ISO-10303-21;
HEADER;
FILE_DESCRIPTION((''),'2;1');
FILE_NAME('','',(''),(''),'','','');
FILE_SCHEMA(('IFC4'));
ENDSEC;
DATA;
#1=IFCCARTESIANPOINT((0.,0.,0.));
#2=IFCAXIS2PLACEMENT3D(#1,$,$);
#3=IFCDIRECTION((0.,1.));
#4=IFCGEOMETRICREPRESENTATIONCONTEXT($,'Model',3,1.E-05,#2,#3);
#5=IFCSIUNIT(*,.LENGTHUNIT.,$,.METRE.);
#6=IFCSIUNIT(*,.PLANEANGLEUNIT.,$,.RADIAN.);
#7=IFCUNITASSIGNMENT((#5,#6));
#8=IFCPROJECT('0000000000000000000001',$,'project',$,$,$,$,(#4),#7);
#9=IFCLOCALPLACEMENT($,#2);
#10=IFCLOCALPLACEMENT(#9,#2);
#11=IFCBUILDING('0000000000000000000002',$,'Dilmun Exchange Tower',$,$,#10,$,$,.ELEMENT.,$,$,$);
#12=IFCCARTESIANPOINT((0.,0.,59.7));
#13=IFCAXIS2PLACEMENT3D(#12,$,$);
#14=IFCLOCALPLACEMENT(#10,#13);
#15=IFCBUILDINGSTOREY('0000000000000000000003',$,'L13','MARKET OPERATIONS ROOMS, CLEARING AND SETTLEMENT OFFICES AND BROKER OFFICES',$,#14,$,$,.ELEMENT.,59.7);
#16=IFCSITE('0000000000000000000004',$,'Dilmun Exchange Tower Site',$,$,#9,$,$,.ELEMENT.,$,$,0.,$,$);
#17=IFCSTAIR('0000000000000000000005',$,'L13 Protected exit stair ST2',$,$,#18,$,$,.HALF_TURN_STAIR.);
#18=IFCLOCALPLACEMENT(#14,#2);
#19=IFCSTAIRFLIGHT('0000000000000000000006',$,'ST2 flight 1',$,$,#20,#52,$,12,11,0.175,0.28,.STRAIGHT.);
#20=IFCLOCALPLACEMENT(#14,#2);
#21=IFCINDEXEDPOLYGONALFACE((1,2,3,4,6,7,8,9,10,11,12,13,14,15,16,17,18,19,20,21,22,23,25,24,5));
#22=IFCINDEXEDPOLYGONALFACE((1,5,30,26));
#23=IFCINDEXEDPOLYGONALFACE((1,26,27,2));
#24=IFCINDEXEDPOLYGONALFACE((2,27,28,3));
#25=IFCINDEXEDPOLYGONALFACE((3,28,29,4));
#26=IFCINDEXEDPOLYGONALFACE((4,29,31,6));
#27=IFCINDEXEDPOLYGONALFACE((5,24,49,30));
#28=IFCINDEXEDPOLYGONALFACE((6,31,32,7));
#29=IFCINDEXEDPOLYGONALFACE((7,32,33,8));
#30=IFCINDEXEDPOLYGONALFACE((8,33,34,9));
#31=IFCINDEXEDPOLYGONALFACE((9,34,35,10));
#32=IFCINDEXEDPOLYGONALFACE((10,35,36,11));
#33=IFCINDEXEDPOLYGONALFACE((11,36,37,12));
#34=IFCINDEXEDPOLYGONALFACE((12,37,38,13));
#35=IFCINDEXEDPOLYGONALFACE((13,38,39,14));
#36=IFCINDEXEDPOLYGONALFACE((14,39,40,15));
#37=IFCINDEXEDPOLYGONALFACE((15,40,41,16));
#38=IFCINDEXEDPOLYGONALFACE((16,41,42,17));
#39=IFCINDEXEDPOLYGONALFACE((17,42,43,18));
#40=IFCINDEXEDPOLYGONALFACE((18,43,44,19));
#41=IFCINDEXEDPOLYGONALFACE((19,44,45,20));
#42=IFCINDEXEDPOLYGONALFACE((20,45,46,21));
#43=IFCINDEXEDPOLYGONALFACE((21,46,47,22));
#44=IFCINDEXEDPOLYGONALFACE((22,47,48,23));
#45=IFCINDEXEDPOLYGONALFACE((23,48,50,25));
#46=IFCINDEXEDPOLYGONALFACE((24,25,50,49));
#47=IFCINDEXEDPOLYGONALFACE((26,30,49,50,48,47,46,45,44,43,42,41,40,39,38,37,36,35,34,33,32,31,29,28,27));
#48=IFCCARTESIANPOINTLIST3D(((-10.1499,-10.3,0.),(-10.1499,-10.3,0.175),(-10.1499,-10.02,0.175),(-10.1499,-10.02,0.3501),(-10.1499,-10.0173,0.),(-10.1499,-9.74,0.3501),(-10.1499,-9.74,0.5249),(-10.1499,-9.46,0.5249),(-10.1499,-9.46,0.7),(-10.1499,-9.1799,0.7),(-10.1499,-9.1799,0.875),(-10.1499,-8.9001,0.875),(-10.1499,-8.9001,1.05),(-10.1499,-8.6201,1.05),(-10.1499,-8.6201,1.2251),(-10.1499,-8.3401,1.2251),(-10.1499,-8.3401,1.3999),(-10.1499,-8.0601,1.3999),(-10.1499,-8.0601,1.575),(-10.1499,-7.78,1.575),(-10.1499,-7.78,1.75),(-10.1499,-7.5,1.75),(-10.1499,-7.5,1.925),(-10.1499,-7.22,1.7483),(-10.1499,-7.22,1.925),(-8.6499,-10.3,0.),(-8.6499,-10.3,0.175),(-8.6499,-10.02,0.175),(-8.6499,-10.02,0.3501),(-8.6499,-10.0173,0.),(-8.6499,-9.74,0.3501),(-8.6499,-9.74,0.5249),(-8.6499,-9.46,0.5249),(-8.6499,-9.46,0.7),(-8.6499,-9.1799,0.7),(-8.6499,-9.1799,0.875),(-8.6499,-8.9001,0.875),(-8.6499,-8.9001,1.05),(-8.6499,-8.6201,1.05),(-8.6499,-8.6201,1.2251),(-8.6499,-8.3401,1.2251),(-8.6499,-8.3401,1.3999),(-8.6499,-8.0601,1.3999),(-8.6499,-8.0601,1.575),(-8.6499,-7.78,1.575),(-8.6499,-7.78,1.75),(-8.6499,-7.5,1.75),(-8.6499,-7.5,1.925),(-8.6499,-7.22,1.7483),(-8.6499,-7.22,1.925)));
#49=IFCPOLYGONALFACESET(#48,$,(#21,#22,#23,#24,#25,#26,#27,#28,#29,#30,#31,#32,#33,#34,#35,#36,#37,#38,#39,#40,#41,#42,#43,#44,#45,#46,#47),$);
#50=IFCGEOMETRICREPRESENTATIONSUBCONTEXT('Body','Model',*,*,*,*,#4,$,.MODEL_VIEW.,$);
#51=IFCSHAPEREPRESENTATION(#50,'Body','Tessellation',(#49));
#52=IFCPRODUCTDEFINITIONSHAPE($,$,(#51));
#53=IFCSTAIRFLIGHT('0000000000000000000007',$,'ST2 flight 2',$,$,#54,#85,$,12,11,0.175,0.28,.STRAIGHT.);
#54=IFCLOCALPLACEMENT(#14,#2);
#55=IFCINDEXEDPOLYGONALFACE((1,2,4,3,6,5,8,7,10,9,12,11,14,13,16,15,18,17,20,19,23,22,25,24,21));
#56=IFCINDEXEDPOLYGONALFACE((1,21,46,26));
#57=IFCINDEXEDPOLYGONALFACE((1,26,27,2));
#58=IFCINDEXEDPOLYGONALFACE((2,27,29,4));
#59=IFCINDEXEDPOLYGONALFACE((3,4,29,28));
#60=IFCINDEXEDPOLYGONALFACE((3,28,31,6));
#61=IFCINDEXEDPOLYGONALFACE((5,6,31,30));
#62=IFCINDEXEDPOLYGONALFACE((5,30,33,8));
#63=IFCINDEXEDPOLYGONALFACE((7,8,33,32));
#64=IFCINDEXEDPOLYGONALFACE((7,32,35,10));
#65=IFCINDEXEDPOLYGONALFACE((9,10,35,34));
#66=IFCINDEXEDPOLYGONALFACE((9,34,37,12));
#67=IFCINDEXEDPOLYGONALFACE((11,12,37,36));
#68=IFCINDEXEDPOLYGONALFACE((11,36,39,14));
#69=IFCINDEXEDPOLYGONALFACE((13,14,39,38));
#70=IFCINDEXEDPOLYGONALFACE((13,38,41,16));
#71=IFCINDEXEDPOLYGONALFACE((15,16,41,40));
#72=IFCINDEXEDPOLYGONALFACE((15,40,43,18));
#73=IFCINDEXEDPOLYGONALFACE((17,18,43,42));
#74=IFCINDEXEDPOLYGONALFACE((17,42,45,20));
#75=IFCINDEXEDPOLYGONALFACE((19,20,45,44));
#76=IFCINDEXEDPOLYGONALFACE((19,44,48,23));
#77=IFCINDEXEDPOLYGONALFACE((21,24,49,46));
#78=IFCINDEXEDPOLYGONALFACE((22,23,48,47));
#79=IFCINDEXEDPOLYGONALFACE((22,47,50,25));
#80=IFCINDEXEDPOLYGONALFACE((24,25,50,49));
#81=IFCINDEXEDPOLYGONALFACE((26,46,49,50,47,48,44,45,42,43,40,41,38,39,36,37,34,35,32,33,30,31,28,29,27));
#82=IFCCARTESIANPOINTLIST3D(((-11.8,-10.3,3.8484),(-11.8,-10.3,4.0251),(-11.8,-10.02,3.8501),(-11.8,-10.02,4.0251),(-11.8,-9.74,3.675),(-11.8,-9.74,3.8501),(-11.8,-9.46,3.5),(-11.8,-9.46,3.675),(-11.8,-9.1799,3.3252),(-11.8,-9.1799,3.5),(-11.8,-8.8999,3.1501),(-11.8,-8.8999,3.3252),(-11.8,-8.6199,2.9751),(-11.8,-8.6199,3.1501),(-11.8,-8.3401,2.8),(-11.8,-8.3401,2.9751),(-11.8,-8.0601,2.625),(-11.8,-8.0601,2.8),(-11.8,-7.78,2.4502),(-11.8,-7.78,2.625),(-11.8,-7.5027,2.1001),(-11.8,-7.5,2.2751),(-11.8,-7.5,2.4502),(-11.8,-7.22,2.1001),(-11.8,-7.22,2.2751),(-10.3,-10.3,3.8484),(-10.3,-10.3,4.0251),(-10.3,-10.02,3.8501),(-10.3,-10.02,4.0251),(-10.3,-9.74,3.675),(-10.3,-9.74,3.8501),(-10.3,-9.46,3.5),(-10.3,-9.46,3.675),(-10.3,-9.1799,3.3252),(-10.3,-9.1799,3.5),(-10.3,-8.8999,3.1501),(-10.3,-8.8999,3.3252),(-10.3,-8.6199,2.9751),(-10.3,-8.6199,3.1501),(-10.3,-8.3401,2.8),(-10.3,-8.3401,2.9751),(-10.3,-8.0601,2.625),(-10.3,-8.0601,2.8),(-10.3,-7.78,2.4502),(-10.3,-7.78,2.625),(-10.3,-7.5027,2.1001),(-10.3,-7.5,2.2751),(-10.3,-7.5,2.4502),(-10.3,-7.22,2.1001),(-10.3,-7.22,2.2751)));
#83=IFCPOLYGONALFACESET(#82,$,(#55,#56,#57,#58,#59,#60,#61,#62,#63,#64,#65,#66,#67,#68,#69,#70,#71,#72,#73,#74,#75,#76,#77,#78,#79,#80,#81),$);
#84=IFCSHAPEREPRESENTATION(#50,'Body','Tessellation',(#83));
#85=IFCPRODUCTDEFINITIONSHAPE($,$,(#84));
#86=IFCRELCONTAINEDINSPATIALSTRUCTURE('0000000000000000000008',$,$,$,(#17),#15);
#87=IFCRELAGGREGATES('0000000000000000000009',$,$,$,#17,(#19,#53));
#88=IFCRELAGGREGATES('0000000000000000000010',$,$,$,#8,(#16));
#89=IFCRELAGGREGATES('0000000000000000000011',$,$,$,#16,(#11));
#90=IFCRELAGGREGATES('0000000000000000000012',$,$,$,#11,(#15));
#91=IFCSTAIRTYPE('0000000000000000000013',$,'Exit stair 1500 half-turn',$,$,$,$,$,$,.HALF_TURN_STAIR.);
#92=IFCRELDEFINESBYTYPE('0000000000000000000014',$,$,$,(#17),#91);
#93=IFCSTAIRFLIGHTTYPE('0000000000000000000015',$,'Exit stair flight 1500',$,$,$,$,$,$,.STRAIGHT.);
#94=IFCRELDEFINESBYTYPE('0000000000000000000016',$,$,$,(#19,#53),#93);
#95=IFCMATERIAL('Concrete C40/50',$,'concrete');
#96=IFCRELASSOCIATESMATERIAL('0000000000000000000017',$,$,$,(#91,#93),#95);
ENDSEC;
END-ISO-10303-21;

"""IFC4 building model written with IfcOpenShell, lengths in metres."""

from ifc_helpers import new_model, si_unit, direction, frame, origin, place, context, subcontext, project, spatial, polyline, outline, extrude, material, type_object, element, aggregate, save


model = new_model("IFC4")

# Units and contexts
model_context = context("Model", 3, precision=1e-05, world=origin(), true_north=direction((0.0, 1.0)))
body_context = subcontext(model_context, "Body", "Model", "MODEL_VIEW")
ifc_project = project(units=[si_unit("LENGTHUNIT", "METRE"), si_unit("PLANEANGLEUNIT", "RADIAN")], contexts=[model_context])

# Site, building, storey
site_placement = place(None, origin())
site = spatial("IfcSite", under=ifc_project, at=site_placement, Name="Dilmun Exchange Tower Site", CompositionType="ELEMENT", RefElevation=0.0)
building_placement = place(site_placement, origin())
building = spatial("IfcBuilding", under=site, at=building_placement, Name="Dilmun Exchange Tower", CompositionType="ELEMENT")
storey_placement = place(building_placement, frame((0.0, 0.0, 59.7)))
storey = spatial("IfcBuildingStorey", under=building, at=storey_placement, Name="L13", Description="MARKET OPERATIONS ROOMS, CLEARING AND SETTLEMENT OFFICES AND BROKER OFFICES", CompositionType="ELEMENT", Elevation=59.7)

# Shared definitions
ifc_material_1 = material(Name="Concrete C40/50", Category="concrete")

# Stair, stair flights
stair_type = type_object("IfcStairType", Name="Exit stair 1500 half-turn", PredefinedType="HALF_TURN_STAIR", material=ifc_material_1)
stair_placement = place(storey_placement, origin())
stair = element("IfcStair", 1, at=stair_placement, inside=storey, type_object=stair_type, Name="L13 Protected exit stair ST2", PredefinedType="HALF_TURN_STAIR")
stair_flight_type = type_object("IfcStairFlightType", Name="Exit stair flight 1500", PredefinedType="STRAIGHT", material=ifc_material_1)
stair_flight_1_placement = place(storey_placement, frame((-9.3999, -10.3, 0.0), z_axis=(0.0, 0.0, 1.0), x_axis=(0.0, 1.0, 0.0)))
stair_flight_1 = element("IfcStairFlight", 2, at=stair_flight_1_placement, type_object=stair_flight_type, Name="ST2 flight 1", NumberOfRisers=12, NumberOfTreads=11, PredefinedType="STRAIGHT", RiserHeight=0.175, TreadLength=0.28, context=body_context, shape_type="SweptSolid", body=[
    extrude(outline(polyline([(0.0, 0.0), (0.0, 0.175), (0.28, 0.175), (0.28, 0.3501), (0.5601, 0.3501), (0.5601, 0.5249), (0.8401, 0.5249), (0.8401, 0.7), (1.1201, 0.7), (1.1201, 0.875), (1.3999, 0.875), (1.3999, 1.05), (1.6799, 1.05), (1.6799, 1.2251), (1.96, 1.2251), (1.96, 1.3999), (2.24, 1.3999), (2.24, 1.575), (2.52, 1.575), (2.52, 1.75), (2.8, 1.75), (2.8, 1.925), (3.0801, 1.925), (3.0801, 2.1001), (3.0801, 1.7483), (0.2827, 0.0), (0.0, 0.0)])), frame((0.0, 0.75, 0.0), z_axis=(0.0, -1.0, 0.0), x_axis=(1.0, 0.0, 0.0)), (0.0, 0.0, 1.0), 1.5),
])
stair_flight_2_placement = place(storey_placement, frame((-11.05, -7.22, 2.1001), z_axis=(0.0, 0.0, 1.0), x_axis=(0.0, -1.0, 0.0)))
stair_flight_2 = element("IfcStairFlight", 3, at=stair_flight_2_placement, type_object=stair_flight_type, Name="ST2 flight 2", NumberOfRisers=12, NumberOfTreads=11, PredefinedType="STRAIGHT", RiserHeight=0.175, TreadLength=0.28, context=body_context, shape_type="SweptSolid", body=[
    extrude(outline(polyline([(0.0, 0.0), (0.0, 0.175), (0.28, 0.175), (0.28, 0.3501), (0.5601, 0.3501), (0.5601, 0.5249), (0.8401, 0.5249), (0.8401, 0.7), (1.1201, 0.7), (1.1201, 0.875), (1.3999, 0.875), (1.3999, 1.05), (1.6799, 1.05), (1.6799, 1.2251), (1.96, 1.2251), (1.96, 1.3999), (2.24, 1.3999), (2.24, 1.575), (2.52, 1.575), (2.52, 1.75), (2.8, 1.75), (2.8, 1.925), (3.0801, 1.925), (3.0801, 2.1001), (3.0801, 1.7483), (0.2827, 0.0), (0.0, 0.0)])), frame((0.0, 0.75, 0.0), z_axis=(0.0, -1.0, 0.0), x_axis=(1.0, 0.0, 0.0)), (0.0, 0.0, 1.0), 1.5),
])
aggregate(stair, [stair_flight_1, stair_flight_2])

save(model, "model.ifc")
